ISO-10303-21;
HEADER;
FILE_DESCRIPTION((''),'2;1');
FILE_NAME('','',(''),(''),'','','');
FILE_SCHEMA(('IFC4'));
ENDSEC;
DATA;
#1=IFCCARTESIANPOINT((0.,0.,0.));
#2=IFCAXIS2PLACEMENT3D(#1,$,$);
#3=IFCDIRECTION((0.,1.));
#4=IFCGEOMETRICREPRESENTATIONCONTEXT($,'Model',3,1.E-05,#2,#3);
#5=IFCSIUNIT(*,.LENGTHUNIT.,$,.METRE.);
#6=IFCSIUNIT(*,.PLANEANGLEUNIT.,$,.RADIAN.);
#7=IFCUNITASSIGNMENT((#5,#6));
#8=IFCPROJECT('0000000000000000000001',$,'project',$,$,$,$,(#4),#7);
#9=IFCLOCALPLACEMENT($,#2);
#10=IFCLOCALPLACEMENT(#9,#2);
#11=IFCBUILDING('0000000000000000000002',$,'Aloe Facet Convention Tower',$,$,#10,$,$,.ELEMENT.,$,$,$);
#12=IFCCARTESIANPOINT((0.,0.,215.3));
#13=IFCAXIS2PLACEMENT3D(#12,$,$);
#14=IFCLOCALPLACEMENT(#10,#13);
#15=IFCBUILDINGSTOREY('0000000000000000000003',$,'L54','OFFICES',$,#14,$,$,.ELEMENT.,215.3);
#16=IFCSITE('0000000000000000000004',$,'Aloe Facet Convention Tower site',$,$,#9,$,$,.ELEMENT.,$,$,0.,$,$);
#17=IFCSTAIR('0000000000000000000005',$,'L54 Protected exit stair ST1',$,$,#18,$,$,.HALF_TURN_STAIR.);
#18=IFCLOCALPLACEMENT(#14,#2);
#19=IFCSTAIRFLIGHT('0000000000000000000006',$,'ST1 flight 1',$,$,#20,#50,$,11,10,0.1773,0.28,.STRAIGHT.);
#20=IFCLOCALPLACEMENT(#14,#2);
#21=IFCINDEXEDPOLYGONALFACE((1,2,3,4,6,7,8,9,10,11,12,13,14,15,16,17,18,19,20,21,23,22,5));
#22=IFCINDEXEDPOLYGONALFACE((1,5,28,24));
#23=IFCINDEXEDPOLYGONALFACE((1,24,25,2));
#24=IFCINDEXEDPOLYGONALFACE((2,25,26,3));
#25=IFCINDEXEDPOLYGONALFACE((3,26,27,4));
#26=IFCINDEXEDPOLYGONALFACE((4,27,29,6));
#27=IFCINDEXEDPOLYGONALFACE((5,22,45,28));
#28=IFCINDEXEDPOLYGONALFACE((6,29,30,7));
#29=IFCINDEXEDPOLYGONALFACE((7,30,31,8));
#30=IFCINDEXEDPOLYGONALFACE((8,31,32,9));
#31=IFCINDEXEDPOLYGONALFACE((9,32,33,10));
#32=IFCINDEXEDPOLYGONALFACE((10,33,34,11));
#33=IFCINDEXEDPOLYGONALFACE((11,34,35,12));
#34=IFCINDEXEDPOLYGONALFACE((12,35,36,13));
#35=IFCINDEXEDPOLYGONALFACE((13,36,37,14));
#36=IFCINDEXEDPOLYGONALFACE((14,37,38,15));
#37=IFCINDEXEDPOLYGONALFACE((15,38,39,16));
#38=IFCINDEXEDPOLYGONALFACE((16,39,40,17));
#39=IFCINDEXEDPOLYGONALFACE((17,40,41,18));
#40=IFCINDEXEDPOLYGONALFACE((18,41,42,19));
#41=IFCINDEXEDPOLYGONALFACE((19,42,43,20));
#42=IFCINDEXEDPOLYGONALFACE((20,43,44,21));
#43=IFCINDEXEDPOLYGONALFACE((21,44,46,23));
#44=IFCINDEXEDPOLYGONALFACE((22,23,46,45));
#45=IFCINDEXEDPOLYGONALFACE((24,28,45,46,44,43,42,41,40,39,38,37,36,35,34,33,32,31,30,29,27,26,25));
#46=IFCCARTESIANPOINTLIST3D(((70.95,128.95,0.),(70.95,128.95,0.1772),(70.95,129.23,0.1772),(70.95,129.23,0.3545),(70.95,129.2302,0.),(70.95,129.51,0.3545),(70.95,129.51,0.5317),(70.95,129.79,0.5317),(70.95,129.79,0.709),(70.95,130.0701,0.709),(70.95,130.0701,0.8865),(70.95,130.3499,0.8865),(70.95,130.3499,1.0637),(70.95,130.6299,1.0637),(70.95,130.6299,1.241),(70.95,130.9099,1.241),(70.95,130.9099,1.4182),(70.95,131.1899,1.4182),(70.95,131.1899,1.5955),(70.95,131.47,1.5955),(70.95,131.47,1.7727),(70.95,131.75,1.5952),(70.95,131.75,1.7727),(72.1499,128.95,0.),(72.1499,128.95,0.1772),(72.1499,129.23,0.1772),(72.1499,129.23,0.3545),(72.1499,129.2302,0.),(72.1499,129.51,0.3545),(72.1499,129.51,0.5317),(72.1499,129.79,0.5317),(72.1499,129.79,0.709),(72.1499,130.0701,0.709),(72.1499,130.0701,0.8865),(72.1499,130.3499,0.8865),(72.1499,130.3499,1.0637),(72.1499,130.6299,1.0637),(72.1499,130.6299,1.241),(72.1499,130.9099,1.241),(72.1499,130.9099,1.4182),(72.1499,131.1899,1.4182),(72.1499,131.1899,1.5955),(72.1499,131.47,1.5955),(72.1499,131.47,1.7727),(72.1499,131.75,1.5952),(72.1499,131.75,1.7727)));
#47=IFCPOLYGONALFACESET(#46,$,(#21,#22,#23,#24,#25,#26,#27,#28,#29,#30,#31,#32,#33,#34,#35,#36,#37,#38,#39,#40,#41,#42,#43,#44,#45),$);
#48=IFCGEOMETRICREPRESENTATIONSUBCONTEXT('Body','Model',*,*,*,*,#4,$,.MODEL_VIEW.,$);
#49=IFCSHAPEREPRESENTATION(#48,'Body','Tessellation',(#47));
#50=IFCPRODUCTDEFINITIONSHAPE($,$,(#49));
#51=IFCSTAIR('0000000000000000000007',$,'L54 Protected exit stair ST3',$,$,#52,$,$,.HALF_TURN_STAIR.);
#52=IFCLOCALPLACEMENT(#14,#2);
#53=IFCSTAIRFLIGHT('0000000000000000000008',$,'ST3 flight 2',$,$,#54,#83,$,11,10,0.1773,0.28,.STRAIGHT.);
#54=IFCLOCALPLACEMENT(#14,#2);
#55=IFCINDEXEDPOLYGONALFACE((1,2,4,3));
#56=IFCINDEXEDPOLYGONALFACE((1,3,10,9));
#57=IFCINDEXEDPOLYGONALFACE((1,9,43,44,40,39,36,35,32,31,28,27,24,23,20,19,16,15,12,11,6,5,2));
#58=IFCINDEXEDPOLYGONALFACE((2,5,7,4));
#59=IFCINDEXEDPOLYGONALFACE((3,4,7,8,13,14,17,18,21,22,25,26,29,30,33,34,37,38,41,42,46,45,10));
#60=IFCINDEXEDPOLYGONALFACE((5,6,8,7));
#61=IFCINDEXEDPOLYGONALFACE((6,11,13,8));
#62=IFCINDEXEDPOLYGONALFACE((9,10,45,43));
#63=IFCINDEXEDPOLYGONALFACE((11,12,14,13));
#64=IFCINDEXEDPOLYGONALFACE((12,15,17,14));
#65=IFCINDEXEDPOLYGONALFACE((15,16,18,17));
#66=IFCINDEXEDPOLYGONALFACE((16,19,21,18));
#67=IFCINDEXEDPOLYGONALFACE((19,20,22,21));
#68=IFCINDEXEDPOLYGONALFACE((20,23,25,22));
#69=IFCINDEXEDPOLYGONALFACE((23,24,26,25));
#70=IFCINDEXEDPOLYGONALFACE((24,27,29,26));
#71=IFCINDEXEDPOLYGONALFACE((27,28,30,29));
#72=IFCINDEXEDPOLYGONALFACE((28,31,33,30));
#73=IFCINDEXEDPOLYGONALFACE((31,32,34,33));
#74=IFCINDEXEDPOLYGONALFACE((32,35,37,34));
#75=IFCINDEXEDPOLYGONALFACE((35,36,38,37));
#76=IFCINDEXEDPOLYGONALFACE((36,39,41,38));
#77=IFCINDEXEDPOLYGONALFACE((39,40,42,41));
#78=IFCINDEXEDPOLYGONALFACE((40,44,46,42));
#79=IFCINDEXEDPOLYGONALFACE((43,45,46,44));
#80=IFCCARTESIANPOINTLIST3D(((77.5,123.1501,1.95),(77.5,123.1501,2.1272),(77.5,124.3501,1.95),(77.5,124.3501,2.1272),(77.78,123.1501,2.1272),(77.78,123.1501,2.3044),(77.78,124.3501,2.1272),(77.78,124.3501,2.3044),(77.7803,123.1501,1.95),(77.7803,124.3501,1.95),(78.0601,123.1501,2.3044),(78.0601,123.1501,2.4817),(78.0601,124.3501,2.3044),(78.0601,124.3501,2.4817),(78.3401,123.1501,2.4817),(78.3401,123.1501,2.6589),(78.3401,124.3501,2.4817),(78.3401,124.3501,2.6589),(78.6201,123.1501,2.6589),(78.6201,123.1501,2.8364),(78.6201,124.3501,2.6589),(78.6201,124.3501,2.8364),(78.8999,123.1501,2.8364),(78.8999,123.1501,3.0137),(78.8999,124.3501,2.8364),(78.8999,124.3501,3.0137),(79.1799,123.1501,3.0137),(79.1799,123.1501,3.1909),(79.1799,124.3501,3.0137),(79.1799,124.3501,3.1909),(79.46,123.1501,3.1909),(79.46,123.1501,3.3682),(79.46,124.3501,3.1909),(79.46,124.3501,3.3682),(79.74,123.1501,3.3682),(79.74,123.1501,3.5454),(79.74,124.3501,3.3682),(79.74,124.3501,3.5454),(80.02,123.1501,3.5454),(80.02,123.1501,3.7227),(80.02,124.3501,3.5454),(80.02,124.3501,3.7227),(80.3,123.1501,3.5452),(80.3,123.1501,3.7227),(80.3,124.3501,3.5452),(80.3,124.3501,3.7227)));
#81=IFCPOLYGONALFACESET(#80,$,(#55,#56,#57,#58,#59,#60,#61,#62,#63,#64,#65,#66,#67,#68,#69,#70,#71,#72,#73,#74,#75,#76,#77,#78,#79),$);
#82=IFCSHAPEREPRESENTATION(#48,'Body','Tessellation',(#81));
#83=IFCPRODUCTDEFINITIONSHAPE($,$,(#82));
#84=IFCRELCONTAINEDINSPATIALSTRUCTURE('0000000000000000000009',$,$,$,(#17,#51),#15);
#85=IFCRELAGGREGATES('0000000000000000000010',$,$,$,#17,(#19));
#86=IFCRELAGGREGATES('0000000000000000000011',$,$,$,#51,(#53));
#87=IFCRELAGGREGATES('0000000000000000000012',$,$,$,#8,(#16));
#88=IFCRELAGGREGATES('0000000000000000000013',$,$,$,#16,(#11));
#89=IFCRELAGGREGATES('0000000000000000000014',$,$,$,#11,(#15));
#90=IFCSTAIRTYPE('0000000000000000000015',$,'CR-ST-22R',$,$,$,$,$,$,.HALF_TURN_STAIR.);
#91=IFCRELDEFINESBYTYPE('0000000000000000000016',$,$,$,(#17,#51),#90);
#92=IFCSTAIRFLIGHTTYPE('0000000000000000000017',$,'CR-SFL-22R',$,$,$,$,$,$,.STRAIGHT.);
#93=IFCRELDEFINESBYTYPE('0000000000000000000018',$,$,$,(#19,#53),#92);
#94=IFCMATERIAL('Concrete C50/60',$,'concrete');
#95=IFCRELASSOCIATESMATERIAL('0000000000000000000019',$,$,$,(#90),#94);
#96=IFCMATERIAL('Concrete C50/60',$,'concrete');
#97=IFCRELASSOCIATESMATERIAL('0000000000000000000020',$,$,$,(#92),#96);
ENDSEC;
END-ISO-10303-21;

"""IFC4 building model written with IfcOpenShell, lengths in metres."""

from ifc_helpers import new_model, si_unit, direction, frame, origin, place, context, subcontext, project, spatial, polyline, outline, extrude, material, type_object, element, aggregate, save


model = new_model("IFC4")

# Units and contexts
model_context = context("Model", 3, precision=1e-05, world=origin(), true_north=direction((0.0, 1.0)))
body_context = subcontext(model_context, "Body", "Model", "MODEL_VIEW")
ifc_project = project(units=[si_unit("LENGTHUNIT", "METRE"), si_unit("PLANEANGLEUNIT", "RADIAN")], contexts=[model_context])

# Site, building, storey
site_placement = place(None, origin())
site = spatial("IfcSite", under=ifc_project, at=site_placement, Name="Aloe Facet Convention Tower site", CompositionType="ELEMENT", RefElevation=0.0)
building_placement = place(site_placement, origin())
building = spatial("IfcBuilding", under=site, at=building_placement, Name="Aloe Facet Convention Tower", CompositionType="ELEMENT")
storey_placement = place(building_placement, frame((0.0, 0.0, 215.3)))
storey = spatial("IfcBuildingStorey", under=building, at=storey_placement, Name="L54", Description="OFFICES", CompositionType="ELEMENT", Elevation=215.3)

# Stairs, stair flights
ifc_material_1 = material(Name="Concrete C50/60", Category="concrete")
stair_type = type_object("IfcStairType", Name="CR-ST-22R", PredefinedType="HALF_TURN_STAIR", material=ifc_material_1)
stair_1_placement = place(storey_placement, origin())
stair_1 = element("IfcStair", 1, at=stair_1_placement, inside=storey, type_object=stair_type, Name="L54 Protected exit stair ST1", PredefinedType="HALF_TURN_STAIR")
ifc_material_2 = material(Name="Concrete C50/60", Category="concrete")
stair_flight_type = type_object("IfcStairFlightType", Name="CR-SFL-22R", PredefinedType="STRAIGHT", material=ifc_material_2)
stair_flight_1_placement = place(storey_placement, frame((71.55, 128.95, 0.0), z_axis=(0.0, 0.0, 1.0), x_axis=(0.0, 1.0, 0.0)))
stair_flight_1 = element("IfcStairFlight", 2, at=stair_flight_1_placement, type_object=stair_flight_type, Name="ST1 flight 1", NumberOfRisers=11, NumberOfTreads=10, PredefinedType="STRAIGHT", RiserHeight=0.1773, TreadLength=0.28, context=body_context, shape_type="SweptSolid", body=[
    extrude(outline(polyline([(0.0, 0.0), (0.0, 0.1772), (0.28, 0.1772), (0.28, 0.3545), (0.5601, 0.3545), (0.5601, 0.5317), (0.8401, 0.5317), (0.8401, 0.709), (1.1201, 0.709), (1.1201, 0.8865), (1.3999, 0.8865), (1.3999, 1.0637), (1.6799, 1.0637), (1.6799, 1.241), (1.96, 1.241), (1.96, 1.4182), (2.24, 1.4182), (2.24, 1.5955), (2.52, 1.5955), (2.52, 1.7727), (2.8, 1.7727), (2.8, 1.95), (2.8, 1.5952), (0.2803, 0.0), (0.0, 0.0)])), frame((0.0, 0.6001, 0.0), z_axis=(0.0, -1.0, 0.0), x_axis=(1.0, 0.0, 0.0)), (0.0, 0.0, 1.0), 1.2),
])
aggregate(stair_1, [stair_flight_1])
stair_2_placement = place(storey_placement, origin())
stair_2 = element("IfcStair", 3, at=stair_2_placement, inside=storey, type_object=stair_type, Name="L54 Protected exit stair ST3", PredefinedType="HALF_TURN_STAIR")
stair_flight_2_placement = place(storey_placement, frame((77.5, 123.75, 1.95), z_axis=(0.0, 0.0, 1.0), x_axis=(1.0, 0.0, 0.0)))
stair_flight_2 = element("IfcStairFlight", 4, at=stair_flight_2_placement, type_object=stair_flight_type, Name="ST3 flight 2", NumberOfRisers=11, NumberOfTreads=10, PredefinedType="STRAIGHT", RiserHeight=0.1773, TreadLength=0.28, context=body_context, shape_type="SweptSolid", body=[
    extrude(outline(polyline([(0.0, 0.0), (0.0, 0.1772), (0.28, 0.1772), (0.28, 0.3545), (0.5601, 0.3545), (0.5601, 0.5317), (0.8401, 0.5317), (0.8401, 0.709), (1.1201, 0.709), (1.1201, 0.8865), (1.3999, 0.8865), (1.3999, 1.0637), (1.6799, 1.0637), (1.6799, 1.241), (1.96, 1.241), (1.96, 1.4182), (2.24, 1.4182), (2.24, 1.5955), (2.52, 1.5955), (2.52, 1.7727), (2.8, 1.7727), (2.8, 1.95), (2.8, 1.5952), (0.2803, 0.0), (0.0, 0.0)])), frame((0.0, 0.6001, 0.0), z_axis=(0.0, -1.0, 0.0), x_axis=(1.0, 0.0, 0.0)), (0.0, 0.0, 1.0), 1.2),
])
aggregate(stair_2, [stair_flight_2])

save(model, "model.ifc")
